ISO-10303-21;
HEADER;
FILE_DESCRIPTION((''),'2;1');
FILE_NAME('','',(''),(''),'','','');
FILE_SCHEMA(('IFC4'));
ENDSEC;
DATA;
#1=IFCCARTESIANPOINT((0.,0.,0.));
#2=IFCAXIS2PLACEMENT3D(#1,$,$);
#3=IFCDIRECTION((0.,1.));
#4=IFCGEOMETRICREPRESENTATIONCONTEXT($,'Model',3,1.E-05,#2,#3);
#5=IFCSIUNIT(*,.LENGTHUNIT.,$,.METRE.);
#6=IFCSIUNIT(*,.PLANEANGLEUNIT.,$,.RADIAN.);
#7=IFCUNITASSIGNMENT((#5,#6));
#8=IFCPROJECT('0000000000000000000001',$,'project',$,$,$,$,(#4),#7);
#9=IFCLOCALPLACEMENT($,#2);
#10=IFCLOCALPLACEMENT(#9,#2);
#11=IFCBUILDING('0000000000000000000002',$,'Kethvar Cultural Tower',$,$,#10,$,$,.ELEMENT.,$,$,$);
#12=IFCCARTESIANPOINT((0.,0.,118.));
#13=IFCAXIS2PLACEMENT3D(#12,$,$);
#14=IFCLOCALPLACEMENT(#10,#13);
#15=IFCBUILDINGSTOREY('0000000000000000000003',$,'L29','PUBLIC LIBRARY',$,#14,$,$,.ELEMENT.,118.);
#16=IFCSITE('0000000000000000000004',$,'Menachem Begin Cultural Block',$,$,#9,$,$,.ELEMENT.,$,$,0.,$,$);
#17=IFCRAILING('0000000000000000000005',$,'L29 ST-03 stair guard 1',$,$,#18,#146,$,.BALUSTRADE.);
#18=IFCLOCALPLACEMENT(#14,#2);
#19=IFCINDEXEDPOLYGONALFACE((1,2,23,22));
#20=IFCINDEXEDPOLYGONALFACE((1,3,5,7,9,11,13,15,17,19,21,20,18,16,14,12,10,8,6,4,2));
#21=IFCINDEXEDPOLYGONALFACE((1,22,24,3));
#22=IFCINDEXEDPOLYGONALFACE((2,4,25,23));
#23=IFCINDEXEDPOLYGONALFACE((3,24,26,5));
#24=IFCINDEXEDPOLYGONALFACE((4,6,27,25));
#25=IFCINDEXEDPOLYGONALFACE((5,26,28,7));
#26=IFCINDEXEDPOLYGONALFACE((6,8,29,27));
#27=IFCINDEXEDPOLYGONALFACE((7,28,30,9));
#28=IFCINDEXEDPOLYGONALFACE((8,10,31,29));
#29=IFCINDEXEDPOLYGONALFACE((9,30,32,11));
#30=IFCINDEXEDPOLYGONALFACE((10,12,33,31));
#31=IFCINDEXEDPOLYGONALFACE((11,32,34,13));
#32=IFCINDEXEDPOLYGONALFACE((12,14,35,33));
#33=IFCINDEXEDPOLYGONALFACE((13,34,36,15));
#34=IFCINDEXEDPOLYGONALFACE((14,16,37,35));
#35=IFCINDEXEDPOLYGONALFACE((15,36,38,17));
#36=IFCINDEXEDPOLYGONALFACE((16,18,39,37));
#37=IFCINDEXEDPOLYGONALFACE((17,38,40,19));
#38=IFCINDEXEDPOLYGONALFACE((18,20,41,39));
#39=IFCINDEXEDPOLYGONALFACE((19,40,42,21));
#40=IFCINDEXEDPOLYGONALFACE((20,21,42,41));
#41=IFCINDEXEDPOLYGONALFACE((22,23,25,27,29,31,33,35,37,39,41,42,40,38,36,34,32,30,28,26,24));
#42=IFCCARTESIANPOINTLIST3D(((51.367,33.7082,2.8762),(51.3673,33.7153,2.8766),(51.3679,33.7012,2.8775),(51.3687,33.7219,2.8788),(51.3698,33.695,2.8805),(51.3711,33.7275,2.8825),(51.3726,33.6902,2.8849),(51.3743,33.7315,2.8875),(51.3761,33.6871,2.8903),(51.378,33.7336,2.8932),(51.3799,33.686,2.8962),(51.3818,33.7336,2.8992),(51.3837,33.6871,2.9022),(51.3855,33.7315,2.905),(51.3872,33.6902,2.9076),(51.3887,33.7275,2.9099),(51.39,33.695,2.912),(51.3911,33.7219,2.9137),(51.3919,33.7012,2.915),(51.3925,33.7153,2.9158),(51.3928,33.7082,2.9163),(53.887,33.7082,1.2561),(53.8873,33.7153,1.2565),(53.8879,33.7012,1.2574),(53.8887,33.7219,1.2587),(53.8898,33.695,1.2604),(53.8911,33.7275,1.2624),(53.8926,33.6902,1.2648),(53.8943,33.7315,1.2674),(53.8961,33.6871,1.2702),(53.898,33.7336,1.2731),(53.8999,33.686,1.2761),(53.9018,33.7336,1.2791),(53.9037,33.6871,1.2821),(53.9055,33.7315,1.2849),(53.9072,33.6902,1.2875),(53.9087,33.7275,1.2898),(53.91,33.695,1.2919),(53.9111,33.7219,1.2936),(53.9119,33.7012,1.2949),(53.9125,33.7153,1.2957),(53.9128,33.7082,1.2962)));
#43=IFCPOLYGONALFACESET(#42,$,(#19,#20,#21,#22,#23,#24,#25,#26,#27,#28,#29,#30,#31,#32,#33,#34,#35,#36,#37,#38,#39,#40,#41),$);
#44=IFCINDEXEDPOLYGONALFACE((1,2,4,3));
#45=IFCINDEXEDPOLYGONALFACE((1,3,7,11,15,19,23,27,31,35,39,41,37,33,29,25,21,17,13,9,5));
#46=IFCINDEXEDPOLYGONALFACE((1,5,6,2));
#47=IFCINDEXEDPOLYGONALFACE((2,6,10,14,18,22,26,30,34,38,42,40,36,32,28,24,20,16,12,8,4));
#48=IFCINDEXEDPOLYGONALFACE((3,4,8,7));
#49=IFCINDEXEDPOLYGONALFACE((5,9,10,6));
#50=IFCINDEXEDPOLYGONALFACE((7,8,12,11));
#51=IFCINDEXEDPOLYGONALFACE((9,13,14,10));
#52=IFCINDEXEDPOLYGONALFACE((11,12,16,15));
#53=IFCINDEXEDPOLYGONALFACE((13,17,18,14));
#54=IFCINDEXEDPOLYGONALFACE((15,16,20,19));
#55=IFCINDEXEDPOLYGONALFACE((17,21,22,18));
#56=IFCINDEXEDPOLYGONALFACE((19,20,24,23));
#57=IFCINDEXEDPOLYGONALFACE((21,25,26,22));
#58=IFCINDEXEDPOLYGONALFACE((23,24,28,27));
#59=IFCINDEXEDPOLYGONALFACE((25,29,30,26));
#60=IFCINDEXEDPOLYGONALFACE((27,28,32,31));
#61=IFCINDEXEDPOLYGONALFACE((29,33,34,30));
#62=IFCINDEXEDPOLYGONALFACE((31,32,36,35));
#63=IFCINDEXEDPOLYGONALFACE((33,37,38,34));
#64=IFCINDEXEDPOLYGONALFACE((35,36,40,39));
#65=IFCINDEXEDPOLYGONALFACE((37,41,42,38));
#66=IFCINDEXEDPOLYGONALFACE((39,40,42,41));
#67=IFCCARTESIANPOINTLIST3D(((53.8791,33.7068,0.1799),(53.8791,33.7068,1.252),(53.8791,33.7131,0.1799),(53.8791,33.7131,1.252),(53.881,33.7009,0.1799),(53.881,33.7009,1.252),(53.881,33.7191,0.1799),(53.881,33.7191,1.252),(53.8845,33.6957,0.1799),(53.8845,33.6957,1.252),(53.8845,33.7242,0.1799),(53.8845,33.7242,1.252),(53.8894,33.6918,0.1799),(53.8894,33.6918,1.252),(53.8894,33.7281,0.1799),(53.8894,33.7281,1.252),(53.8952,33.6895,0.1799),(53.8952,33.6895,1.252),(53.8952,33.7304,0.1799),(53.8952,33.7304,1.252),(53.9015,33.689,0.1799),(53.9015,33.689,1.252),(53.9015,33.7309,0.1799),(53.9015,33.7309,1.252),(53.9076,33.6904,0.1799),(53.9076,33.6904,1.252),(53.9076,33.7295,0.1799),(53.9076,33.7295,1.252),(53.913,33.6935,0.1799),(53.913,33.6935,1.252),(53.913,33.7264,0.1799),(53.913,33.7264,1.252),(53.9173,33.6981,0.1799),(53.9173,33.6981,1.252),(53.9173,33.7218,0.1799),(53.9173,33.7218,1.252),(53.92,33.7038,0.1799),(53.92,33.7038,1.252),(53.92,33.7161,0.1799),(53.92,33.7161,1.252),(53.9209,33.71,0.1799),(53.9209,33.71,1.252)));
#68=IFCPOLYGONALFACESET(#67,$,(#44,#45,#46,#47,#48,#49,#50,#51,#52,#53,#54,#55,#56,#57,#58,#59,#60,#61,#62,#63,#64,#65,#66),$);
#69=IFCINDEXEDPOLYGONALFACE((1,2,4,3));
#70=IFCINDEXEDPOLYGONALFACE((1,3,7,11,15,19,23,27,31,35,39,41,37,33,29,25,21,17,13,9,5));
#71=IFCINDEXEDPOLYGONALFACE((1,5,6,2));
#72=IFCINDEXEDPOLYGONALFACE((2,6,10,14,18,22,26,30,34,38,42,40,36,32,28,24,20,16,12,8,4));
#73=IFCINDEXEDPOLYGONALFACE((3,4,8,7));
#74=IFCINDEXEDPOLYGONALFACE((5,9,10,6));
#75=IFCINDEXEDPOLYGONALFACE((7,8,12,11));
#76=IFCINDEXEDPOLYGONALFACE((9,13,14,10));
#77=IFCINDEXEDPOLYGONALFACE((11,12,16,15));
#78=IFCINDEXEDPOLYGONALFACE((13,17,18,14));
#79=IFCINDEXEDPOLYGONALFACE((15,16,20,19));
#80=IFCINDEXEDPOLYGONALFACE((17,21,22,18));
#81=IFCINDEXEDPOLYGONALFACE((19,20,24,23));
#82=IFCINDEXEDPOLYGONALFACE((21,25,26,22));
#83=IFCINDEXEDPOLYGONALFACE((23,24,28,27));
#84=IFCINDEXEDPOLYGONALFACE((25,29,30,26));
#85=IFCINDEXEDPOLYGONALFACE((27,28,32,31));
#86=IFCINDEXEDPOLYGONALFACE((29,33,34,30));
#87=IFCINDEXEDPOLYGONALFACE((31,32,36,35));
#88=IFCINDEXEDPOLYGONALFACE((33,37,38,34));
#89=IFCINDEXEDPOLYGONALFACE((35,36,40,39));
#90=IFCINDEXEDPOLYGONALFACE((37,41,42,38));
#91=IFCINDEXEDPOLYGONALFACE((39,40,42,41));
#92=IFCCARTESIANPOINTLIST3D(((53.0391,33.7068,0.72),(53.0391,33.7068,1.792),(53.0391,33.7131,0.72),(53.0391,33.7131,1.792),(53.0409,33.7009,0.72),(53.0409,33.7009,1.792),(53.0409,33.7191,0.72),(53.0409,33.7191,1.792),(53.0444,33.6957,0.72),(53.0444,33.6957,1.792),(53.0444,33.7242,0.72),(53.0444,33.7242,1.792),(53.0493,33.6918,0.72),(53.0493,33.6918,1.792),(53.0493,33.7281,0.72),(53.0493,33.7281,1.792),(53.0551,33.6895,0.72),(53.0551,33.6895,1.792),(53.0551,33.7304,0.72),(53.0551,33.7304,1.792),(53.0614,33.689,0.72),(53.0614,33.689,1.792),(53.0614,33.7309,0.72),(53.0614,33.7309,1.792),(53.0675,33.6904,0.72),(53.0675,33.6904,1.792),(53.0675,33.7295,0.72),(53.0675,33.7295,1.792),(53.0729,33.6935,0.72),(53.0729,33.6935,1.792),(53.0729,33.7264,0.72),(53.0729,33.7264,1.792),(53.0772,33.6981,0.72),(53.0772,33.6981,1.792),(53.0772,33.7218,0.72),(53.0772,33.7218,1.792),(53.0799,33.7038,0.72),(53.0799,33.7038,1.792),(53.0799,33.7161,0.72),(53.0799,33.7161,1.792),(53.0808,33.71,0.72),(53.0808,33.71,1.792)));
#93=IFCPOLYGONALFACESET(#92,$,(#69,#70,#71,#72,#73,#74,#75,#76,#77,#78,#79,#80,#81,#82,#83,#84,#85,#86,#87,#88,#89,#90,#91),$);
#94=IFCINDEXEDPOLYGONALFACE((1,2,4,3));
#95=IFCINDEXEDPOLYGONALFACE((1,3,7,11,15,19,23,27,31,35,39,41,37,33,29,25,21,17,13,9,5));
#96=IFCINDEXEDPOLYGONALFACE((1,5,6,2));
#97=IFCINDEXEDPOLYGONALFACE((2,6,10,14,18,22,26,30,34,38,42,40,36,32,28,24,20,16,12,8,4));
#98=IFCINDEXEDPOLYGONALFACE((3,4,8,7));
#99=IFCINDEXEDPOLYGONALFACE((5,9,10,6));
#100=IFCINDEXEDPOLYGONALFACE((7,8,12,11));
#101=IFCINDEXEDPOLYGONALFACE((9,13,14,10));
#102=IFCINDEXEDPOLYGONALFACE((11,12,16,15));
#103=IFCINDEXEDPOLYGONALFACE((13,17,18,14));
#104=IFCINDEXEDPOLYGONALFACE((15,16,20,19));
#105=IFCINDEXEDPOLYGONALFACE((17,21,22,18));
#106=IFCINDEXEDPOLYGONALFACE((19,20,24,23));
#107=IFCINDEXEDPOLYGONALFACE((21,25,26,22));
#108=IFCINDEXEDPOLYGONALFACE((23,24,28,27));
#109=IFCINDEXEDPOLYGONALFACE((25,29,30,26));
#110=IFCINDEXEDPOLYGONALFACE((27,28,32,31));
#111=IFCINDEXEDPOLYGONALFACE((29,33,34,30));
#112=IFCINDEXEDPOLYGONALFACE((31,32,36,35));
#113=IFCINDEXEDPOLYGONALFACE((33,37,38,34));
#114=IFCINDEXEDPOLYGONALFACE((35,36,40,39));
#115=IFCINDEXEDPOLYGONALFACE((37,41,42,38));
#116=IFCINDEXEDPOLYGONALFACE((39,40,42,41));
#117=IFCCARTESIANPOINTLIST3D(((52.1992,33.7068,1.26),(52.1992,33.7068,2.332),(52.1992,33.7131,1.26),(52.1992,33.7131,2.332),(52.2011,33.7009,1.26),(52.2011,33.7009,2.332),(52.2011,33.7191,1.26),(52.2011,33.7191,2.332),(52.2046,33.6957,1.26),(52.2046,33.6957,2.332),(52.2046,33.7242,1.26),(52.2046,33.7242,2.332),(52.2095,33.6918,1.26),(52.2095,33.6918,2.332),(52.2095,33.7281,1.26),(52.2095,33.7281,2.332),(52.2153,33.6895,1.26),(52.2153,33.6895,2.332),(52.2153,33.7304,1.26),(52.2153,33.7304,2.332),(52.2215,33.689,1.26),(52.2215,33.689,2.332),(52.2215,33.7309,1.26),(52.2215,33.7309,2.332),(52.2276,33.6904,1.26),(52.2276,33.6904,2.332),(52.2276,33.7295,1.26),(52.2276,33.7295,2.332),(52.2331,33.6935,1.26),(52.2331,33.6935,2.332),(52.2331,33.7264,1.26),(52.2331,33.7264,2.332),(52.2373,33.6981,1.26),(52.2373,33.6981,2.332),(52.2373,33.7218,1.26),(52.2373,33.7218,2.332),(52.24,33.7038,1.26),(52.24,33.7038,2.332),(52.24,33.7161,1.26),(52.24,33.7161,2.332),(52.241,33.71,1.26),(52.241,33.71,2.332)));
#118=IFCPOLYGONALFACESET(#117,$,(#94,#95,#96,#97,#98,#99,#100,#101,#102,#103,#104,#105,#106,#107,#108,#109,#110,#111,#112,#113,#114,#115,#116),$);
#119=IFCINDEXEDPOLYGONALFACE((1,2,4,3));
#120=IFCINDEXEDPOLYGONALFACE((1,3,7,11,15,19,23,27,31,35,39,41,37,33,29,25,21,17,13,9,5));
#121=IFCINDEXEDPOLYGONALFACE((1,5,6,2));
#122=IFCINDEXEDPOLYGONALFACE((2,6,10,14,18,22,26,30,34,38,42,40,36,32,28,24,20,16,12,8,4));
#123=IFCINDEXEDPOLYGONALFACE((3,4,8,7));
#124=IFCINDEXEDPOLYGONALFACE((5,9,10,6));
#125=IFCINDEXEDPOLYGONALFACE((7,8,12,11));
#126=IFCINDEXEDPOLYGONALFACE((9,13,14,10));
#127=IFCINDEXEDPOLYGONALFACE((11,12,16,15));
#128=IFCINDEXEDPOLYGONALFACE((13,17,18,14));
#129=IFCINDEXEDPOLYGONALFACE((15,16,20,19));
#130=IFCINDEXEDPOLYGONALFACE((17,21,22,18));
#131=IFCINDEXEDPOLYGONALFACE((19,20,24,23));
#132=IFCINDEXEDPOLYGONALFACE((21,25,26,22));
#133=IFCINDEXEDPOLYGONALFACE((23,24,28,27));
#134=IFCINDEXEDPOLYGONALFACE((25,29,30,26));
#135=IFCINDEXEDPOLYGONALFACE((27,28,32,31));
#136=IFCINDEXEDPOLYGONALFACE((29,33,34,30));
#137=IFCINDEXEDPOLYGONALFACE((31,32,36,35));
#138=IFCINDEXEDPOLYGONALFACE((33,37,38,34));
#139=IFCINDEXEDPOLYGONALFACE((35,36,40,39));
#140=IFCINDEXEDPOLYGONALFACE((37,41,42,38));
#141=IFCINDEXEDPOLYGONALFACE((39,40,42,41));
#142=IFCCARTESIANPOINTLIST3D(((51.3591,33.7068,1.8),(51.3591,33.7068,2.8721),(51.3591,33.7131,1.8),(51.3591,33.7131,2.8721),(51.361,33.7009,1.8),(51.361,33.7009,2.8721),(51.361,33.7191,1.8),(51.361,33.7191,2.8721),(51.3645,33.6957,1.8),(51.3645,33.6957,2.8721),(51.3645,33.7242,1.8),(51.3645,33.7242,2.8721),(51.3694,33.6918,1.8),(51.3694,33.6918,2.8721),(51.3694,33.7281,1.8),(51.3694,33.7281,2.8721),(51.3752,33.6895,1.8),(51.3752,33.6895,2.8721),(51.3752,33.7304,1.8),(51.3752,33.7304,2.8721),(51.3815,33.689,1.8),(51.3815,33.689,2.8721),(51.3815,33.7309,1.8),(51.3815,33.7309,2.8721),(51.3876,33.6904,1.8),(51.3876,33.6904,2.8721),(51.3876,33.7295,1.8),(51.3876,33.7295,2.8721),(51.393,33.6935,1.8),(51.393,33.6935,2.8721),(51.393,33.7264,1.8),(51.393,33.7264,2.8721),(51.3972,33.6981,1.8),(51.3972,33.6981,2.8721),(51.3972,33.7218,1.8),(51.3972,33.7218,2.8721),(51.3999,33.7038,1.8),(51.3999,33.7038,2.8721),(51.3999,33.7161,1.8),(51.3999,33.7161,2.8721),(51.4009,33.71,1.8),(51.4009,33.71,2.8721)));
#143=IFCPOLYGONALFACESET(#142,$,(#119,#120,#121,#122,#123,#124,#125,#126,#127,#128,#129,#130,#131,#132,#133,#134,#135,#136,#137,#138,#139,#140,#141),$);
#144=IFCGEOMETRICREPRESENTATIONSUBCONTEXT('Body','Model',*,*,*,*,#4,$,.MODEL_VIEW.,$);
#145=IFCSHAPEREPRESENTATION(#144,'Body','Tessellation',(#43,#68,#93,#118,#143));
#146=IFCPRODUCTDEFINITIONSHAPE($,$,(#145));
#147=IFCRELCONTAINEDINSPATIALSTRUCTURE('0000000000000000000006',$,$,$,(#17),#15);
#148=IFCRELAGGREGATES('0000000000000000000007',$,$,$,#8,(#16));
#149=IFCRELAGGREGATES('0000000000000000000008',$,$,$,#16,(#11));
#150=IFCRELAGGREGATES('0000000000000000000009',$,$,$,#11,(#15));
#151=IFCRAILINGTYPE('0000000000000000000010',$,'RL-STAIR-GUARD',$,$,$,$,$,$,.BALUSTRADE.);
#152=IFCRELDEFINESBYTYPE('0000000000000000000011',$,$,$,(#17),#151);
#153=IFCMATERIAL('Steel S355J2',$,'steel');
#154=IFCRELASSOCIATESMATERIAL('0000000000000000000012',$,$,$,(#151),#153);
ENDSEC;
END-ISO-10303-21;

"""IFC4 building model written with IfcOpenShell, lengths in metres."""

from ifc_helpers import new_model, si_unit, direction, frame, origin, origin_2d, place, context, subcontext, project, spatial, circle, extrude, material, type_object, element, save


model = new_model("IFC4")

# Units and contexts
model_context = context("Model", 3, precision=1e-05, world=origin(), true_north=direction((0.0, 1.0)))
body_context = subcontext(model_context, "Body", "Model", "MODEL_VIEW")
ifc_project = project(units=[si_unit("LENGTHUNIT", "METRE"), si_unit("PLANEANGLEUNIT", "RADIAN")], contexts=[model_context])

# Site, building, storey
site_placement = place(None, origin())
site = spatial("IfcSite", under=ifc_project, at=site_placement, Name="Menachem Begin Cultural Block", CompositionType="ELEMENT", RefElevation=0.0)
building_placement = place(site_placement, origin())
building = spatial("IfcBuilding", under=site, at=building_placement, Name="Kethvar Cultural Tower", CompositionType="ELEMENT")
storey_placement = place(building_placement, frame((0.0, 0.0, 118.0)))
storey = spatial("IfcBuildingStorey", under=building, at=storey_placement, Name="L29", Description="PUBLIC LIBRARY", CompositionType="ELEMENT", Elevation=118.0)

# Shared definitions
ifc_material_1 = material(Name="Steel S355J2", Category="steel")

# Railing
railing_type_1 = type_object("IfcRailingType", Name="RL-STAIR-GUARD", PredefinedType="BALUSTRADE", material=ifc_material_1)
railing_1_placement = place(storey_placement, frame((53.8999, 33.71, 0.1799)))
element("IfcRailing", 1, at=railing_1_placement, inside=storey, type_object=railing_type_1, Name="L29 ST-03 stair guard 1", PredefinedType="BALUSTRADE", context=body_context, shape_type="SweptSolid", body=[
    extrude(circle(Radius=0.0239, at=origin_2d()), frame((0.0, 0.0, 1.0962), z_axis=(-0.841163, 0.0, 0.540782), x_axis=(0.0, -1.0, 0.0)), (0.0, 0.0, 1.0), 2.9958),
    extrude(circle(Radius=0.021, at=origin_2d()), origin(), (0.0, 0.0, 1.0), 1.072),
    extrude(circle(Radius=0.021, at=origin_2d()), frame((-0.8401, 0.0, 0.54)), (0.0, 0.0, 1.0), 1.072),
    extrude(circle(Radius=0.021, at=origin_2d()), frame((-1.6799, 0.0, 1.0801)), (0.0, 0.0, 1.0), 1.072),
    extrude(circle(Radius=0.021, at=origin_2d()), frame((-2.52, 0.0, 1.6201)), (0.0, 0.0, 1.0), 1.072),
])

save(model, "model.ifc")
